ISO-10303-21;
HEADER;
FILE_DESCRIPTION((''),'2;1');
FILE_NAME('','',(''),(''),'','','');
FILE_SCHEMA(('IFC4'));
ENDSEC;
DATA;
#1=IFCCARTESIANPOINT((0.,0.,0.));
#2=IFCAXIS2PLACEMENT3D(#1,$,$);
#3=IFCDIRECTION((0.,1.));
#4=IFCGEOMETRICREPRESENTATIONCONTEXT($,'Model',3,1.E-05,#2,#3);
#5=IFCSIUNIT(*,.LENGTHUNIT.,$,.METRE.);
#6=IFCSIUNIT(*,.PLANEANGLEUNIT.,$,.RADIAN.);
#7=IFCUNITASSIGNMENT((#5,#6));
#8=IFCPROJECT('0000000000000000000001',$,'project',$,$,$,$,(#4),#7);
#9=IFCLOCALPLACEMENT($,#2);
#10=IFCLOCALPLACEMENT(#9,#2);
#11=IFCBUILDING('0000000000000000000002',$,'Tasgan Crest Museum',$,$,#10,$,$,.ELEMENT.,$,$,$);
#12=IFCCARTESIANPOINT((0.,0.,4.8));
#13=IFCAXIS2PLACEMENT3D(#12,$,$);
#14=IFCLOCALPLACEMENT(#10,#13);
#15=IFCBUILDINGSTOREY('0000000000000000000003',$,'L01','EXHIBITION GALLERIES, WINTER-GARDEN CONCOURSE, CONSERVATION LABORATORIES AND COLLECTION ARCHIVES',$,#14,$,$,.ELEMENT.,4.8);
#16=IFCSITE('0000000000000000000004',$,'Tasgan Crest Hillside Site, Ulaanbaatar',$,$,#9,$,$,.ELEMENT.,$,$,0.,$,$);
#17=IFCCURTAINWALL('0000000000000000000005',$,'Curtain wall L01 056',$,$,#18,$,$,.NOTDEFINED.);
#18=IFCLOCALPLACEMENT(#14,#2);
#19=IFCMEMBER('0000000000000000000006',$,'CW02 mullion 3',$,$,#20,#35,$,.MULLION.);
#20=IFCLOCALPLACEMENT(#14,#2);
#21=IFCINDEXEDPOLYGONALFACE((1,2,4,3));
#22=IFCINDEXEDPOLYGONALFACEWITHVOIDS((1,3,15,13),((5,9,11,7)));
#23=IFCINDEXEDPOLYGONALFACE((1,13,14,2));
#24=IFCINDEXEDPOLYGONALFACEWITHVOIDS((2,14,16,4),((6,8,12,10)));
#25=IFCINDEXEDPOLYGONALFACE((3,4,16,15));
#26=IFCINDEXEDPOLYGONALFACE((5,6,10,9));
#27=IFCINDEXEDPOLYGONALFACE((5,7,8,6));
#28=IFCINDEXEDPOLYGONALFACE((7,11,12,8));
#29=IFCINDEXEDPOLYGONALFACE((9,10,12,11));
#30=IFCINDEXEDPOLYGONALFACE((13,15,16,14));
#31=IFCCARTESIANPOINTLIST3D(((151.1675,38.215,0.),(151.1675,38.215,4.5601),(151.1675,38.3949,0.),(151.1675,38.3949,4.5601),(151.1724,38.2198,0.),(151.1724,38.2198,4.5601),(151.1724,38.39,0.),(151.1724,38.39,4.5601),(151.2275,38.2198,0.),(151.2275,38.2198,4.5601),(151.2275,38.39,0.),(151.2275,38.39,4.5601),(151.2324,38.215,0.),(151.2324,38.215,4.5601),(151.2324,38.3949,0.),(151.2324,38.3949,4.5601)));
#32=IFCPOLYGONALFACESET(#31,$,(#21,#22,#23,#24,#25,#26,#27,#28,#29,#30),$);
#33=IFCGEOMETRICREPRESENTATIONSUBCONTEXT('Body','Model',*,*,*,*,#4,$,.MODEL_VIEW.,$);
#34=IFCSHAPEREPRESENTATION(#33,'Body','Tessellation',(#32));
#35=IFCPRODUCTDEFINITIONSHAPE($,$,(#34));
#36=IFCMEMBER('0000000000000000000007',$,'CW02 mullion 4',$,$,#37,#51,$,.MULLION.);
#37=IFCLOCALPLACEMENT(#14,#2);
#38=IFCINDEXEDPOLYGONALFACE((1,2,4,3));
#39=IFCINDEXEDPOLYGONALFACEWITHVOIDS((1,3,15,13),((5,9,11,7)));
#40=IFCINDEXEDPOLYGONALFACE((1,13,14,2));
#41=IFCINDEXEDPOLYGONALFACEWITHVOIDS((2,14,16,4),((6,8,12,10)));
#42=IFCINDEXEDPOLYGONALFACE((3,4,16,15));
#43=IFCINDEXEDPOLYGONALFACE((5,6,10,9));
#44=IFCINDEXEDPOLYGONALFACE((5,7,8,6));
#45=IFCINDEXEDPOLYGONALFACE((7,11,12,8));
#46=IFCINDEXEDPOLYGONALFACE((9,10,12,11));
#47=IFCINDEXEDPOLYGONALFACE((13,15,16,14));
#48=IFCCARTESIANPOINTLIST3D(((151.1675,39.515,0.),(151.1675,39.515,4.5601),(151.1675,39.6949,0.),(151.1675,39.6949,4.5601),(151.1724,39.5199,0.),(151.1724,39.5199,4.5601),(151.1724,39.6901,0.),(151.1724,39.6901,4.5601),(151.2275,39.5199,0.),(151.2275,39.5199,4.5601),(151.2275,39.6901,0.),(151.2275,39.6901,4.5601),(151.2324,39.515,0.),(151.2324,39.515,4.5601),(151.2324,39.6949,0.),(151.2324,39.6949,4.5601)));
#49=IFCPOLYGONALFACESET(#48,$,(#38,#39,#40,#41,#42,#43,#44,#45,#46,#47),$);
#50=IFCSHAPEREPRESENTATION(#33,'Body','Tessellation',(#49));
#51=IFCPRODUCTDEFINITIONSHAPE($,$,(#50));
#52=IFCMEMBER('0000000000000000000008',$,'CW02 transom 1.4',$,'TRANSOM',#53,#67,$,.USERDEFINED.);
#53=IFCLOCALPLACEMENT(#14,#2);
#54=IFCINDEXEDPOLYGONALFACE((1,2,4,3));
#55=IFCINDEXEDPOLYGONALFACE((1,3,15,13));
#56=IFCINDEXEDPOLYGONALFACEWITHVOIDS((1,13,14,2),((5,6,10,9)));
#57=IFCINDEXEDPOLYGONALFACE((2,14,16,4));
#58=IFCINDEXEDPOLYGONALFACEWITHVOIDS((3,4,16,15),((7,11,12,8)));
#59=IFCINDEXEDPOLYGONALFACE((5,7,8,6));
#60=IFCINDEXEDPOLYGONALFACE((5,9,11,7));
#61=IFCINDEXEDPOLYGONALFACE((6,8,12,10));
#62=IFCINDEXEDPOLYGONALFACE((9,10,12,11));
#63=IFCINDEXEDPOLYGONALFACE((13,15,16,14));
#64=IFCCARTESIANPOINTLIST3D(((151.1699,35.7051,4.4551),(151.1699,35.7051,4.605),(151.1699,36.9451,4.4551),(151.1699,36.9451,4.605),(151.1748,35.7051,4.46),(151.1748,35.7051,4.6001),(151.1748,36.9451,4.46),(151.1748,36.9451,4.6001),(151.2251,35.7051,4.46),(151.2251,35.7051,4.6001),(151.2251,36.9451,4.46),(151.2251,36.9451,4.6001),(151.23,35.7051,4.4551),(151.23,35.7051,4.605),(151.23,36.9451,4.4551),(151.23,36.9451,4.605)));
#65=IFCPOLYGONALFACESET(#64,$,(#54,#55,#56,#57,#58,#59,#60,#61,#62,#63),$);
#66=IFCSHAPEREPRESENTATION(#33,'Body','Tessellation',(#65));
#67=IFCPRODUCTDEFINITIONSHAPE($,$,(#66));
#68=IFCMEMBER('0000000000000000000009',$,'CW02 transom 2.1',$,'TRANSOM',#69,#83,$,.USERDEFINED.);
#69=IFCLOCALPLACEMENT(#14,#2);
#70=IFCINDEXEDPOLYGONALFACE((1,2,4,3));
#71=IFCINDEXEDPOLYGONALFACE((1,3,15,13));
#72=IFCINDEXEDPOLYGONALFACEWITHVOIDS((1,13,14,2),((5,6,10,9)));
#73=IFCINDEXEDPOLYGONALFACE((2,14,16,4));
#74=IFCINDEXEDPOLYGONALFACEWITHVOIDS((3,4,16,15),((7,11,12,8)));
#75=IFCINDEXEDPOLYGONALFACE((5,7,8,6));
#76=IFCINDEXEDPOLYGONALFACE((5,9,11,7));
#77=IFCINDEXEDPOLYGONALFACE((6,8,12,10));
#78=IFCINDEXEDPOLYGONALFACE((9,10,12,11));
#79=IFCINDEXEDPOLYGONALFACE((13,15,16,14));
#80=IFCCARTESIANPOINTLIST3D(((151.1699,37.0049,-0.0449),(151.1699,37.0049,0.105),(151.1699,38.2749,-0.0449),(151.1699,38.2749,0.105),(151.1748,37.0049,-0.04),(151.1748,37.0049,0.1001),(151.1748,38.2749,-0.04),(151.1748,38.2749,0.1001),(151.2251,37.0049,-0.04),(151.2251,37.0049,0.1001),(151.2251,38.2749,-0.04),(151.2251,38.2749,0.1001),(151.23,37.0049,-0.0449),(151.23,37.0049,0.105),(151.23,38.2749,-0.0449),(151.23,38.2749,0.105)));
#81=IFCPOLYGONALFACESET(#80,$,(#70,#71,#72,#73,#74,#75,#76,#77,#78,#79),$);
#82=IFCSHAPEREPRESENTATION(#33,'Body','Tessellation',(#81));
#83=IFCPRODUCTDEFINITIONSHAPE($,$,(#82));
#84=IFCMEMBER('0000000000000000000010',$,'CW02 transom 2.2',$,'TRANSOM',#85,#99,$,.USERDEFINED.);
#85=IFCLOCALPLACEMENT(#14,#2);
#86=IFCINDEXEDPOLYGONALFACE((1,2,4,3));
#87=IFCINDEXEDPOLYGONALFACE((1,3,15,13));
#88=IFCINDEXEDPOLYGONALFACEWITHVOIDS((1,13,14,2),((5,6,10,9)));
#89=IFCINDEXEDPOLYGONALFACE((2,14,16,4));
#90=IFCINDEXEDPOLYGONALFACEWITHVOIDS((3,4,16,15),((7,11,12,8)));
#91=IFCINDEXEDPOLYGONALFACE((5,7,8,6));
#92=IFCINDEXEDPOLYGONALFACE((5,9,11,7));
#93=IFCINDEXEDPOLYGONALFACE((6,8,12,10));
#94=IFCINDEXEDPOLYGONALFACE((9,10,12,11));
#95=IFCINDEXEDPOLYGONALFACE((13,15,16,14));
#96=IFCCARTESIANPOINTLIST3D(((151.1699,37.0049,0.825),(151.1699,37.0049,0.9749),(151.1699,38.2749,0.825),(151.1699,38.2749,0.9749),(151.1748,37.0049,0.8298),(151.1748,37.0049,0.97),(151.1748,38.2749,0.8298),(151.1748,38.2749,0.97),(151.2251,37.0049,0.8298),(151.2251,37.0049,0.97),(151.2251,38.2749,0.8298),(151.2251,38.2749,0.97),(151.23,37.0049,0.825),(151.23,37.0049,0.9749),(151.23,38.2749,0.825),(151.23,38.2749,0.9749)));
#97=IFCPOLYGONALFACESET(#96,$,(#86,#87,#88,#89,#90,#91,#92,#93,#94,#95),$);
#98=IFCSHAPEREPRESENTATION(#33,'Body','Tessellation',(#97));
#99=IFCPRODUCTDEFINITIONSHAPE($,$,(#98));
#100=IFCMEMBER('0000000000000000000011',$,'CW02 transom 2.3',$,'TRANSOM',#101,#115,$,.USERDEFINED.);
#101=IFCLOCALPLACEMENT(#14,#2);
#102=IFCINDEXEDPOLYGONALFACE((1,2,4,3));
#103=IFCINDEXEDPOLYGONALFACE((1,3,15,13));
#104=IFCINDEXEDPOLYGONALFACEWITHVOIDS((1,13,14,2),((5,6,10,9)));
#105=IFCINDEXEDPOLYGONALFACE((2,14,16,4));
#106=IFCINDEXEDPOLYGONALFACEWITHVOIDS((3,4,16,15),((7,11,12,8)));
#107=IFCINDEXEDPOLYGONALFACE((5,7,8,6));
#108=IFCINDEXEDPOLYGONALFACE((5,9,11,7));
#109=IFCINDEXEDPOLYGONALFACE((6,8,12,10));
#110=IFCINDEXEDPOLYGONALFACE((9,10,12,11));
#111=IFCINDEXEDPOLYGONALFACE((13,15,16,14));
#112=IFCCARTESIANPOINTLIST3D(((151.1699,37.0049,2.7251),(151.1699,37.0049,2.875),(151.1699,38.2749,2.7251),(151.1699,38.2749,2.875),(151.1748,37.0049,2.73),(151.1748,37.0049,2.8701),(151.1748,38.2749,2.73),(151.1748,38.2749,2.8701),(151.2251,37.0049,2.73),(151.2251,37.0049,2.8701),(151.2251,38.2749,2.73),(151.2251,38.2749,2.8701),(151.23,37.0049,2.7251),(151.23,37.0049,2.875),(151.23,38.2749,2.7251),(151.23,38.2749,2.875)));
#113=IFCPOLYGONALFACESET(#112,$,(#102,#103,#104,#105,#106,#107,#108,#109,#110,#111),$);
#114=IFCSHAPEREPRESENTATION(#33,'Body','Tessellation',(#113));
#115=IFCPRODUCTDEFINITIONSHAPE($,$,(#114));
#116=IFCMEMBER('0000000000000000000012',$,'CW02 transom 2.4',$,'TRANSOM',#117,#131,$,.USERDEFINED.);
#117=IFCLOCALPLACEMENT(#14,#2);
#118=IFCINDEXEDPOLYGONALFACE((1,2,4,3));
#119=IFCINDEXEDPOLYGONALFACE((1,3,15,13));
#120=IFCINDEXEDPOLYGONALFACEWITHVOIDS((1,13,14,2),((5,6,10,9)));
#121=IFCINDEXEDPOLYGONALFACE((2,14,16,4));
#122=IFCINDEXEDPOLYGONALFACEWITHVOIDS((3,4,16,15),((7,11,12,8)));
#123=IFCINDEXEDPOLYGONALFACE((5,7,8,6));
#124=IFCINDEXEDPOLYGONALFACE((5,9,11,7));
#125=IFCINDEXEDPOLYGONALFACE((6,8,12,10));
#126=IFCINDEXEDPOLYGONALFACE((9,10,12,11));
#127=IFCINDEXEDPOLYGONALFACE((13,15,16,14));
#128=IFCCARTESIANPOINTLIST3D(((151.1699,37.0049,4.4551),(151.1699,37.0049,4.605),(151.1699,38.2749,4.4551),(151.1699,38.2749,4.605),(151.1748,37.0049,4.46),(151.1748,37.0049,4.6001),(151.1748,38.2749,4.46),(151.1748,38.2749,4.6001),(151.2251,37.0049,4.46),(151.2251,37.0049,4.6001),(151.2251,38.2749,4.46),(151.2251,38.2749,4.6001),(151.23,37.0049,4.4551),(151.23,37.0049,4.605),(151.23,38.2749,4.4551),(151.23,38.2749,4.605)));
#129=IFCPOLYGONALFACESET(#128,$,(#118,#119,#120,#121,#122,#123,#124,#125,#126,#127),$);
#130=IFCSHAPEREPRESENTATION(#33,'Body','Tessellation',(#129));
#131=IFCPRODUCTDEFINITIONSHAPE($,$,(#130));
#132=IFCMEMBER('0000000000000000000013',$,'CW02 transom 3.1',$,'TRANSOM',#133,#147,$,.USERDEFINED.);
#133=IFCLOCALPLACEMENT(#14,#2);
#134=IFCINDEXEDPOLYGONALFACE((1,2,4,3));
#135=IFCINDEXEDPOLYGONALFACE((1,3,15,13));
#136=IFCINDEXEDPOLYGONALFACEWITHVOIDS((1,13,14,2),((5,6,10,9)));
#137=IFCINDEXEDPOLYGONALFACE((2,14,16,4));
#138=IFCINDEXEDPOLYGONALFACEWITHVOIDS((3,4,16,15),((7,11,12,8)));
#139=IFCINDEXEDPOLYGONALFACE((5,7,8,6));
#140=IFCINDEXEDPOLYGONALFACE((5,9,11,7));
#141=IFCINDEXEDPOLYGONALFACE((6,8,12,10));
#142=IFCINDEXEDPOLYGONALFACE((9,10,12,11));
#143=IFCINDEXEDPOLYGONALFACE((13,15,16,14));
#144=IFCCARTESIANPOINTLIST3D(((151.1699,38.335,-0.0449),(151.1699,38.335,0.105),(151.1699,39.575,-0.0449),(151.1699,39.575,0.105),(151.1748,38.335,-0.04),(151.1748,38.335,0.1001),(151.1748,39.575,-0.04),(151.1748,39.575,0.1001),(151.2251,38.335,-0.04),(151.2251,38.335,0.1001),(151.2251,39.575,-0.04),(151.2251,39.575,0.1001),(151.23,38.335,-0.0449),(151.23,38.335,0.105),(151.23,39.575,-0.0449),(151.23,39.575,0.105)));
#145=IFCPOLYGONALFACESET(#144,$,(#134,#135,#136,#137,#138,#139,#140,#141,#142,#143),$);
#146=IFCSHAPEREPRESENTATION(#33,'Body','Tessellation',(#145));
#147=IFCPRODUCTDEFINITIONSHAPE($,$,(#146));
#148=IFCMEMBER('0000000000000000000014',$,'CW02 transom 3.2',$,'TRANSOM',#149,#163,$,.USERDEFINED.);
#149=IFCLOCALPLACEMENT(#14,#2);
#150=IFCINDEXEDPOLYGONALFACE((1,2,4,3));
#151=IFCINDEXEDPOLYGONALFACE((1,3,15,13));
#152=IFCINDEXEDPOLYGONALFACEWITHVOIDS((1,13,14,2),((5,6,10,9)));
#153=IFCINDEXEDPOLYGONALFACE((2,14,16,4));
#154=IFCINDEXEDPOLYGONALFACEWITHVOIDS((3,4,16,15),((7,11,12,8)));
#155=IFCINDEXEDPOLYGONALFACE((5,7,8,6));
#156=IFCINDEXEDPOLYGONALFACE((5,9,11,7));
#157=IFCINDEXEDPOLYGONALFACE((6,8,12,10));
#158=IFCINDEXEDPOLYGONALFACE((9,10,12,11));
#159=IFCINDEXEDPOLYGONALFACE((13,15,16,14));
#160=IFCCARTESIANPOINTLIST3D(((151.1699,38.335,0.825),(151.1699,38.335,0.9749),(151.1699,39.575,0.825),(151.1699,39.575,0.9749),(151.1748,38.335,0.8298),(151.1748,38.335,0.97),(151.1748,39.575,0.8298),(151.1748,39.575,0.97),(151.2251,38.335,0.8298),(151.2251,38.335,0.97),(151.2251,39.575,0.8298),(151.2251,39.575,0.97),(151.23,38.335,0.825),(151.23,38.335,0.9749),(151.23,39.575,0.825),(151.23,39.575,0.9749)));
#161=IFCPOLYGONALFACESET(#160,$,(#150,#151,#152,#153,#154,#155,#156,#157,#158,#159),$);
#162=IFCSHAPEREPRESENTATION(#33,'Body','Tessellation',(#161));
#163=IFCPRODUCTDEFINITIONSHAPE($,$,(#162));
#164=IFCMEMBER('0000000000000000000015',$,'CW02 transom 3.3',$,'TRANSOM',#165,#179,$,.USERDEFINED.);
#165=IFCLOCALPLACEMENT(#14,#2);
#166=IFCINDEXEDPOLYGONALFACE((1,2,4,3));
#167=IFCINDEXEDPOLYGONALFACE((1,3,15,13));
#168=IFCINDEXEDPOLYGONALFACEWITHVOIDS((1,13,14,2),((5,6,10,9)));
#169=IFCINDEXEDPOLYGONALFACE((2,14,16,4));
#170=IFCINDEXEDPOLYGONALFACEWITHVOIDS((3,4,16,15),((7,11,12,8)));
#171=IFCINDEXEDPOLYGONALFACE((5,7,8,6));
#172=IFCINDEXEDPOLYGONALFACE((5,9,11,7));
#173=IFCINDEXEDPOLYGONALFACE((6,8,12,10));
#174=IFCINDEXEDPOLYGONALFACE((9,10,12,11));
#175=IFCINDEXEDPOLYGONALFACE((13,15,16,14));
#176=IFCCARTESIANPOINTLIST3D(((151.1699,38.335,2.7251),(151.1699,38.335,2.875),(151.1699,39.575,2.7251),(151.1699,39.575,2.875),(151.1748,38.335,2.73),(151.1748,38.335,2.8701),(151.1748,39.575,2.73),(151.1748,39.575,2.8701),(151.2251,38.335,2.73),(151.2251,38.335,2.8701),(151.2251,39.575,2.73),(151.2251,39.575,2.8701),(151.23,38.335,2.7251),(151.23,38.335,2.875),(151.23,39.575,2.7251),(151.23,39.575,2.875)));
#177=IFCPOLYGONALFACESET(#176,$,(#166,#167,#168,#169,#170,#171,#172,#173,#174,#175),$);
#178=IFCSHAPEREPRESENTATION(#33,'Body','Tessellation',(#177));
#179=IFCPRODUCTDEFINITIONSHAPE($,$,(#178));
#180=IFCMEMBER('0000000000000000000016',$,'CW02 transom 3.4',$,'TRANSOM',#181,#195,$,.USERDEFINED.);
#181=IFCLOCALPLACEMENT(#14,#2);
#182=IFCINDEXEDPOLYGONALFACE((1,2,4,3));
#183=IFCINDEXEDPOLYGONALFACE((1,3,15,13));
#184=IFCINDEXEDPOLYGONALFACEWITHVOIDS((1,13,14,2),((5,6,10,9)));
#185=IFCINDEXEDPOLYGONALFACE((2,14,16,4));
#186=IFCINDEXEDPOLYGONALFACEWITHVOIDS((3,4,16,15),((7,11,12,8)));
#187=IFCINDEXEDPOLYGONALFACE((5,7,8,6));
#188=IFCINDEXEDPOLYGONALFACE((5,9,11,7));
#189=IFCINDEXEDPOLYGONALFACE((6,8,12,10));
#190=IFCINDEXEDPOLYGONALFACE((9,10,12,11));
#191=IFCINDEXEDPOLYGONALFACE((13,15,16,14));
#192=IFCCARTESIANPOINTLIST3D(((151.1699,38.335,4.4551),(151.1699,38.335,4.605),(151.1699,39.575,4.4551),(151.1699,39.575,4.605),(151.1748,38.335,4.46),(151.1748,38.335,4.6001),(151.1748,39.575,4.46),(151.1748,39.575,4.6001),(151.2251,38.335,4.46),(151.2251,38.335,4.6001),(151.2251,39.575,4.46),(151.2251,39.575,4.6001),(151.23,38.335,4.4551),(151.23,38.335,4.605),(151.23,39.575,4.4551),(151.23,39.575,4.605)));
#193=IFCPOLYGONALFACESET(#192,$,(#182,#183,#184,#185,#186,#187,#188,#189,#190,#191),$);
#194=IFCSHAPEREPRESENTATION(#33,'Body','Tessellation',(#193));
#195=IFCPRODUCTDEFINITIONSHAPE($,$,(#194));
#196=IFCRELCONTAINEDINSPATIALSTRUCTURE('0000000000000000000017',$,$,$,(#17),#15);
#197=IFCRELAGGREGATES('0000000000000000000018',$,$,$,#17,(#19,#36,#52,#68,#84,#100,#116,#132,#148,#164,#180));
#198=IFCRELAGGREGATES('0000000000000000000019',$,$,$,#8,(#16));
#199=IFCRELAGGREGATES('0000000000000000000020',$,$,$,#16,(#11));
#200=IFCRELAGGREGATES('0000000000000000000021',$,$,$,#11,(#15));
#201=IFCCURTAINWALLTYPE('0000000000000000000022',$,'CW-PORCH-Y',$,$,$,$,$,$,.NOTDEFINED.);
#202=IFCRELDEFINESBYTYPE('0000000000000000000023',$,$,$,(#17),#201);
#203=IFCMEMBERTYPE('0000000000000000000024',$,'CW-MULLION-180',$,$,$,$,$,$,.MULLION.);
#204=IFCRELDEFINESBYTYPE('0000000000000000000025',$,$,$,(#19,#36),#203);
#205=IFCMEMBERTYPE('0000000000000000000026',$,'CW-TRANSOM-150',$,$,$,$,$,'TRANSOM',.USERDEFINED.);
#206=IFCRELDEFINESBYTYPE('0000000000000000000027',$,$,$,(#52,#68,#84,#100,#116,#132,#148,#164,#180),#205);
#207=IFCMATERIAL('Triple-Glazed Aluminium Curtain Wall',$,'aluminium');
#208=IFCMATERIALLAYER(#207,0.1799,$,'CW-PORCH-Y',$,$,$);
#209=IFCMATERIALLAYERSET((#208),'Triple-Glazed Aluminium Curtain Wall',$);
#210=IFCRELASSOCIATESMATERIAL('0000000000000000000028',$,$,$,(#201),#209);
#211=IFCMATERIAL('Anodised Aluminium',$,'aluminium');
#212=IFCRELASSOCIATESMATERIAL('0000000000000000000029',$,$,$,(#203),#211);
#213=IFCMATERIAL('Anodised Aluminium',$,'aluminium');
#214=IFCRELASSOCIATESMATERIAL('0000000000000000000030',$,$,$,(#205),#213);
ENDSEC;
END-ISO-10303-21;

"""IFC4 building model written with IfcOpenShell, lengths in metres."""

from ifc_helpers import new_model, si_unit, direction, frame, origin, origin_2d, place, context, subcontext, project, spatial, hollow_rectangle, extrude, material, layer, layer_set, material_profile, profile_set, type_object, element, aggregate, save


model = new_model("IFC4")

# Units and contexts
model_context = context("Model", 3, precision=1e-05, world=origin(), true_north=direction((0.0, 1.0)))
body_context = subcontext(model_context, "Body", "Model", "MODEL_VIEW")
ifc_project = project(units=[si_unit("LENGTHUNIT", "METRE"), si_unit("PLANEANGLEUNIT", "RADIAN")], contexts=[model_context])

# Site, building, storey
site_placement = place(None, origin())
site = spatial("IfcSite", under=ifc_project, at=site_placement, Name="Tasgan Crest Hillside Site, Ulaanbaatar", CompositionType="ELEMENT", RefElevation=0.0)
building_placement = place(site_placement, origin())
building = spatial("IfcBuilding", under=site, at=building_placement, Name="Tasgan Crest Museum", CompositionType="ELEMENT")
storey_placement = place(building_placement, frame((0.0, 0.0, 4.8)))
storey = spatial("IfcBuildingStorey", under=building, at=storey_placement, Name="L01", Description="EXHIBITION GALLERIES, WINTER-GARDEN CONCOURSE, CONSERVATION LABORATORIES AND COLLECTION ARCHIVES", CompositionType="ELEMENT", Elevation=4.8)

# Curtain wall, members
ifc_material_1 = material(Name="Triple-Glazed Aluminium Curtain Wall", Category="aluminium")
ifc_layer_1 = layer(ifc_material_1, 0.1799, Name="CW-PORCH-Y")
ifc_layer_set_1 = layer_set([ifc_layer_1], Name="Triple-Glazed Aluminium Curtain Wall")
curtain_wall_type = type_object("IfcCurtainWallType", Name="CW-PORCH-Y", PredefinedType="NOTDEFINED", material=ifc_layer_set_1)
curtain_wall_placement = place(storey_placement, origin())
curtain_wall = element("IfcCurtainWall", 1, at=curtain_wall_placement, inside=storey, type_object=curtain_wall_type, Name="Curtain wall L01 056", PredefinedType="NOTDEFINED")
ifc_material_2 = material(Name="Anodised Aluminium", Category="aluminium")
ifc_material_profile_1 = material_profile(ifc_material_2, hollow_rectangle(XDim=0.0649, YDim=0.1799, WallThickness=0.0049, at=origin_2d()), Name="ALU MULLION 180x65x5")
ifc_profile_set_1 = profile_set([ifc_material_profile_1], Name="Anodised Aluminium")
member_type_1 = type_object("IfcMemberType", Name="CW-MULLION-180", PredefinedType="MULLION", material=ifc_profile_set_1)
member_1_placement = place(storey_placement, frame((151.2, 38.3049, 0.0), z_axis=(0.0, 0.0, 1.0), x_axis=(-1.0, 0.0, 0.0)))
member_1 = element("IfcMember", 2, at=member_1_placement, type_object=member_type_1, Name="CW02 mullion 3", PredefinedType="MULLION", context=body_context, shape_type="SweptSolid", body=[
    extrude(hollow_rectangle(XDim=0.0649, YDim=0.1799, WallThickness=0.0049, at=origin_2d()), origin(), (0.0, 0.0, 1.0), 4.5601),
])
member_2_placement = place(storey_placement, frame((151.2, 39.605, 0.0), z_axis=(0.0, 0.0, 1.0), x_axis=(-1.0, 0.0, 0.0)))
member_2 = element("IfcMember", 3, at=member_2_placement, type_object=member_type_1, Name="CW02 mullion 4", PredefinedType="MULLION", context=body_context, shape_type="SweptSolid", body=[
    extrude(hollow_rectangle(XDim=0.0649, YDim=0.1799, WallThickness=0.0049, at=origin_2d()), origin(), (0.0, 0.0, 1.0), 4.5601),
])
ifc_material_3 = material(Name="Anodised Aluminium", Category="aluminium")
ifc_material_profile_2 = material_profile(ifc_material_3, hollow_rectangle(XDim=0.0601, YDim=0.1499, WallThickness=0.0049, at=origin_2d()), Name="ALU TRANSOM 150x60x5")
ifc_profile_set_2 = profile_set([ifc_material_profile_2], Name="Anodised Aluminium")
member_type_2 = type_object("IfcMemberType", Name="CW-TRANSOM-150", ElementType="TRANSOM", PredefinedType="USERDEFINED", material=ifc_profile_set_2)
member_3_placement = place(storey_placement, frame((151.2, 35.7051, 4.53), z_axis=(0.0, 1.0, 0.0), x_axis=(-1.0, 0.0, 0.0)))
member_3 = element("IfcMember", 4, at=member_3_placement, type_object=member_type_2, Name="CW02 transom 1.4", ObjectType="TRANSOM", PredefinedType="USERDEFINED", context=body_context, shape_type="SweptSolid", body=[
    extrude(hollow_rectangle(XDim=0.0601, YDim=0.1499, WallThickness=0.0049, at=origin_2d()), origin(), (0.0, 0.0, 1.0), 1.24),
])
member_4_placement = place(storey_placement, frame((151.2, 37.0049, 0.03), z_axis=(0.0, 1.0, 0.0), x_axis=(-1.0, 0.0, 0.0)))
member_4 = element("IfcMember", 5, at=member_4_placement, type_object=member_type_2, Name="CW02 transom 2.1", ObjectType="TRANSOM", PredefinedType="USERDEFINED", context=body_context, shape_type="SweptSolid", body=[
    extrude(hollow_rectangle(XDim=0.0601, YDim=0.1499, WallThickness=0.0049, at=origin_2d()), origin(), (0.0, 0.0, 1.0), 1.27),
])
member_5_placement = place(storey_placement, frame((151.2, 37.0049, 0.8999), z_axis=(0.0, 1.0, 0.0), x_axis=(-1.0, 0.0, 0.0)))
member_5 = element("IfcMember", 6, at=member_5_placement, type_object=member_type_2, Name="CW02 transom 2.2", ObjectType="TRANSOM", PredefinedType="USERDEFINED", context=body_context, shape_type="SweptSolid", body=[
    extrude(hollow_rectangle(XDim=0.0601, YDim=0.1499, WallThickness=0.0049, at=origin_2d()), origin(), (0.0, 0.0, 1.0), 1.27),
])
member_6_placement = place(storey_placement, frame((151.2, 37.0049, 2.8), z_axis=(0.0, 1.0, 0.0), x_axis=(-1.0, 0.0, 0.0)))
member_6 = element("IfcMember", 7, at=member_6_placement, type_object=member_type_2, Name="CW02 transom 2.3", ObjectType="TRANSOM", PredefinedType="USERDEFINED", context=body_context, shape_type="SweptSolid", body=[
    extrude(hollow_rectangle(XDim=0.0601, YDim=0.1499, WallThickness=0.0049, at=origin_2d()), origin(), (0.0, 0.0, 1.0), 1.27),
])
member_7_placement = place(storey_placement, frame((151.2, 37.0049, 4.53), z_axis=(0.0, 1.0, 0.0), x_axis=(-1.0, 0.0, 0.0)))
member_7 = element("IfcMember", 8, at=member_7_placement, type_object=member_type_2, Name="CW02 transom 2.4", ObjectType="TRANSOM", PredefinedType="USERDEFINED", context=body_context, shape_type="SweptSolid", body=[
    extrude(hollow_rectangle(XDim=0.0601, YDim=0.1499, WallThickness=0.0049, at=origin_2d()), origin(), (0.0, 0.0, 1.0), 1.27),
])
member_8_placement = place(storey_placement, frame((151.2, 38.335, 0.03), z_axis=(0.0, 1.0, 0.0), x_axis=(-1.0, 0.0, 0.0)))
member_8 = element("IfcMember", 9, at=member_8_placement, type_object=member_type_2, Name="CW02 transom 3.1", ObjectType="TRANSOM", PredefinedType="USERDEFINED", context=body_context, shape_type="SweptSolid", body=[
    extrude(hollow_rectangle(XDim=0.0601, YDim=0.1499, WallThickness=0.0049, at=origin_2d()), origin(), (0.0, 0.0, 1.0), 1.24),
])
member_9_placement = place(storey_placement, frame((151.2, 38.335, 0.8999), z_axis=(0.0, 1.0, 0.0), x_axis=(-1.0, 0.0, 0.0)))
member_9 = element("IfcMember", 10, at=member_9_placement, type_object=member_type_2, Name="CW02 transom 3.2", ObjectType="TRANSOM", PredefinedType="USERDEFINED", context=body_context, shape_type="SweptSolid", body=[
    extrude(hollow_rectangle(XDim=0.0601, YDim=0.1499, WallThickness=0.0049, at=origin_2d()), origin(), (0.0, 0.0, 1.0), 1.24),
])
member_10_placement = place(storey_placement, frame((151.2, 38.335, 2.8), z_axis=(0.0, 1.0, 0.0), x_axis=(-1.0, 0.0, 0.0)))
member_10 = element("IfcMember", 11, at=member_10_placement, type_object=member_type_2, Name="CW02 transom 3.3", ObjectType="TRANSOM", PredefinedType="USERDEFINED", context=body_context, shape_type="SweptSolid", body=[
    extrude(hollow_rectangle(XDim=0.0601, YDim=0.1499, WallThickness=0.0049, at=origin_2d()), origin(), (0.0, 0.0, 1.0), 1.24),
])
member_11_placement = place(storey_placement, frame((151.2, 38.335, 4.53), z_axis=(0.0, 1.0, 0.0), x_axis=(-1.0, 0.0, 0.0)))
member_11 = element("IfcMember", 12, at=member_11_placement, type_object=member_type_2, Name="CW02 transom 3.4", ObjectType="TRANSOM", PredefinedType="USERDEFINED", context=body_context, shape_type="SweptSolid", body=[
    extrude(hollow_rectangle(XDim=0.0601, YDim=0.1499, WallThickness=0.0049, at=origin_2d()), origin(), (0.0, 0.0, 1.0), 1.24),
])
aggregate(curtain_wall, [member_1, member_2, member_3, member_4, member_5, member_6, member_7, member_8, member_9, member_10, member_11])

save(model, "model.ifc")
